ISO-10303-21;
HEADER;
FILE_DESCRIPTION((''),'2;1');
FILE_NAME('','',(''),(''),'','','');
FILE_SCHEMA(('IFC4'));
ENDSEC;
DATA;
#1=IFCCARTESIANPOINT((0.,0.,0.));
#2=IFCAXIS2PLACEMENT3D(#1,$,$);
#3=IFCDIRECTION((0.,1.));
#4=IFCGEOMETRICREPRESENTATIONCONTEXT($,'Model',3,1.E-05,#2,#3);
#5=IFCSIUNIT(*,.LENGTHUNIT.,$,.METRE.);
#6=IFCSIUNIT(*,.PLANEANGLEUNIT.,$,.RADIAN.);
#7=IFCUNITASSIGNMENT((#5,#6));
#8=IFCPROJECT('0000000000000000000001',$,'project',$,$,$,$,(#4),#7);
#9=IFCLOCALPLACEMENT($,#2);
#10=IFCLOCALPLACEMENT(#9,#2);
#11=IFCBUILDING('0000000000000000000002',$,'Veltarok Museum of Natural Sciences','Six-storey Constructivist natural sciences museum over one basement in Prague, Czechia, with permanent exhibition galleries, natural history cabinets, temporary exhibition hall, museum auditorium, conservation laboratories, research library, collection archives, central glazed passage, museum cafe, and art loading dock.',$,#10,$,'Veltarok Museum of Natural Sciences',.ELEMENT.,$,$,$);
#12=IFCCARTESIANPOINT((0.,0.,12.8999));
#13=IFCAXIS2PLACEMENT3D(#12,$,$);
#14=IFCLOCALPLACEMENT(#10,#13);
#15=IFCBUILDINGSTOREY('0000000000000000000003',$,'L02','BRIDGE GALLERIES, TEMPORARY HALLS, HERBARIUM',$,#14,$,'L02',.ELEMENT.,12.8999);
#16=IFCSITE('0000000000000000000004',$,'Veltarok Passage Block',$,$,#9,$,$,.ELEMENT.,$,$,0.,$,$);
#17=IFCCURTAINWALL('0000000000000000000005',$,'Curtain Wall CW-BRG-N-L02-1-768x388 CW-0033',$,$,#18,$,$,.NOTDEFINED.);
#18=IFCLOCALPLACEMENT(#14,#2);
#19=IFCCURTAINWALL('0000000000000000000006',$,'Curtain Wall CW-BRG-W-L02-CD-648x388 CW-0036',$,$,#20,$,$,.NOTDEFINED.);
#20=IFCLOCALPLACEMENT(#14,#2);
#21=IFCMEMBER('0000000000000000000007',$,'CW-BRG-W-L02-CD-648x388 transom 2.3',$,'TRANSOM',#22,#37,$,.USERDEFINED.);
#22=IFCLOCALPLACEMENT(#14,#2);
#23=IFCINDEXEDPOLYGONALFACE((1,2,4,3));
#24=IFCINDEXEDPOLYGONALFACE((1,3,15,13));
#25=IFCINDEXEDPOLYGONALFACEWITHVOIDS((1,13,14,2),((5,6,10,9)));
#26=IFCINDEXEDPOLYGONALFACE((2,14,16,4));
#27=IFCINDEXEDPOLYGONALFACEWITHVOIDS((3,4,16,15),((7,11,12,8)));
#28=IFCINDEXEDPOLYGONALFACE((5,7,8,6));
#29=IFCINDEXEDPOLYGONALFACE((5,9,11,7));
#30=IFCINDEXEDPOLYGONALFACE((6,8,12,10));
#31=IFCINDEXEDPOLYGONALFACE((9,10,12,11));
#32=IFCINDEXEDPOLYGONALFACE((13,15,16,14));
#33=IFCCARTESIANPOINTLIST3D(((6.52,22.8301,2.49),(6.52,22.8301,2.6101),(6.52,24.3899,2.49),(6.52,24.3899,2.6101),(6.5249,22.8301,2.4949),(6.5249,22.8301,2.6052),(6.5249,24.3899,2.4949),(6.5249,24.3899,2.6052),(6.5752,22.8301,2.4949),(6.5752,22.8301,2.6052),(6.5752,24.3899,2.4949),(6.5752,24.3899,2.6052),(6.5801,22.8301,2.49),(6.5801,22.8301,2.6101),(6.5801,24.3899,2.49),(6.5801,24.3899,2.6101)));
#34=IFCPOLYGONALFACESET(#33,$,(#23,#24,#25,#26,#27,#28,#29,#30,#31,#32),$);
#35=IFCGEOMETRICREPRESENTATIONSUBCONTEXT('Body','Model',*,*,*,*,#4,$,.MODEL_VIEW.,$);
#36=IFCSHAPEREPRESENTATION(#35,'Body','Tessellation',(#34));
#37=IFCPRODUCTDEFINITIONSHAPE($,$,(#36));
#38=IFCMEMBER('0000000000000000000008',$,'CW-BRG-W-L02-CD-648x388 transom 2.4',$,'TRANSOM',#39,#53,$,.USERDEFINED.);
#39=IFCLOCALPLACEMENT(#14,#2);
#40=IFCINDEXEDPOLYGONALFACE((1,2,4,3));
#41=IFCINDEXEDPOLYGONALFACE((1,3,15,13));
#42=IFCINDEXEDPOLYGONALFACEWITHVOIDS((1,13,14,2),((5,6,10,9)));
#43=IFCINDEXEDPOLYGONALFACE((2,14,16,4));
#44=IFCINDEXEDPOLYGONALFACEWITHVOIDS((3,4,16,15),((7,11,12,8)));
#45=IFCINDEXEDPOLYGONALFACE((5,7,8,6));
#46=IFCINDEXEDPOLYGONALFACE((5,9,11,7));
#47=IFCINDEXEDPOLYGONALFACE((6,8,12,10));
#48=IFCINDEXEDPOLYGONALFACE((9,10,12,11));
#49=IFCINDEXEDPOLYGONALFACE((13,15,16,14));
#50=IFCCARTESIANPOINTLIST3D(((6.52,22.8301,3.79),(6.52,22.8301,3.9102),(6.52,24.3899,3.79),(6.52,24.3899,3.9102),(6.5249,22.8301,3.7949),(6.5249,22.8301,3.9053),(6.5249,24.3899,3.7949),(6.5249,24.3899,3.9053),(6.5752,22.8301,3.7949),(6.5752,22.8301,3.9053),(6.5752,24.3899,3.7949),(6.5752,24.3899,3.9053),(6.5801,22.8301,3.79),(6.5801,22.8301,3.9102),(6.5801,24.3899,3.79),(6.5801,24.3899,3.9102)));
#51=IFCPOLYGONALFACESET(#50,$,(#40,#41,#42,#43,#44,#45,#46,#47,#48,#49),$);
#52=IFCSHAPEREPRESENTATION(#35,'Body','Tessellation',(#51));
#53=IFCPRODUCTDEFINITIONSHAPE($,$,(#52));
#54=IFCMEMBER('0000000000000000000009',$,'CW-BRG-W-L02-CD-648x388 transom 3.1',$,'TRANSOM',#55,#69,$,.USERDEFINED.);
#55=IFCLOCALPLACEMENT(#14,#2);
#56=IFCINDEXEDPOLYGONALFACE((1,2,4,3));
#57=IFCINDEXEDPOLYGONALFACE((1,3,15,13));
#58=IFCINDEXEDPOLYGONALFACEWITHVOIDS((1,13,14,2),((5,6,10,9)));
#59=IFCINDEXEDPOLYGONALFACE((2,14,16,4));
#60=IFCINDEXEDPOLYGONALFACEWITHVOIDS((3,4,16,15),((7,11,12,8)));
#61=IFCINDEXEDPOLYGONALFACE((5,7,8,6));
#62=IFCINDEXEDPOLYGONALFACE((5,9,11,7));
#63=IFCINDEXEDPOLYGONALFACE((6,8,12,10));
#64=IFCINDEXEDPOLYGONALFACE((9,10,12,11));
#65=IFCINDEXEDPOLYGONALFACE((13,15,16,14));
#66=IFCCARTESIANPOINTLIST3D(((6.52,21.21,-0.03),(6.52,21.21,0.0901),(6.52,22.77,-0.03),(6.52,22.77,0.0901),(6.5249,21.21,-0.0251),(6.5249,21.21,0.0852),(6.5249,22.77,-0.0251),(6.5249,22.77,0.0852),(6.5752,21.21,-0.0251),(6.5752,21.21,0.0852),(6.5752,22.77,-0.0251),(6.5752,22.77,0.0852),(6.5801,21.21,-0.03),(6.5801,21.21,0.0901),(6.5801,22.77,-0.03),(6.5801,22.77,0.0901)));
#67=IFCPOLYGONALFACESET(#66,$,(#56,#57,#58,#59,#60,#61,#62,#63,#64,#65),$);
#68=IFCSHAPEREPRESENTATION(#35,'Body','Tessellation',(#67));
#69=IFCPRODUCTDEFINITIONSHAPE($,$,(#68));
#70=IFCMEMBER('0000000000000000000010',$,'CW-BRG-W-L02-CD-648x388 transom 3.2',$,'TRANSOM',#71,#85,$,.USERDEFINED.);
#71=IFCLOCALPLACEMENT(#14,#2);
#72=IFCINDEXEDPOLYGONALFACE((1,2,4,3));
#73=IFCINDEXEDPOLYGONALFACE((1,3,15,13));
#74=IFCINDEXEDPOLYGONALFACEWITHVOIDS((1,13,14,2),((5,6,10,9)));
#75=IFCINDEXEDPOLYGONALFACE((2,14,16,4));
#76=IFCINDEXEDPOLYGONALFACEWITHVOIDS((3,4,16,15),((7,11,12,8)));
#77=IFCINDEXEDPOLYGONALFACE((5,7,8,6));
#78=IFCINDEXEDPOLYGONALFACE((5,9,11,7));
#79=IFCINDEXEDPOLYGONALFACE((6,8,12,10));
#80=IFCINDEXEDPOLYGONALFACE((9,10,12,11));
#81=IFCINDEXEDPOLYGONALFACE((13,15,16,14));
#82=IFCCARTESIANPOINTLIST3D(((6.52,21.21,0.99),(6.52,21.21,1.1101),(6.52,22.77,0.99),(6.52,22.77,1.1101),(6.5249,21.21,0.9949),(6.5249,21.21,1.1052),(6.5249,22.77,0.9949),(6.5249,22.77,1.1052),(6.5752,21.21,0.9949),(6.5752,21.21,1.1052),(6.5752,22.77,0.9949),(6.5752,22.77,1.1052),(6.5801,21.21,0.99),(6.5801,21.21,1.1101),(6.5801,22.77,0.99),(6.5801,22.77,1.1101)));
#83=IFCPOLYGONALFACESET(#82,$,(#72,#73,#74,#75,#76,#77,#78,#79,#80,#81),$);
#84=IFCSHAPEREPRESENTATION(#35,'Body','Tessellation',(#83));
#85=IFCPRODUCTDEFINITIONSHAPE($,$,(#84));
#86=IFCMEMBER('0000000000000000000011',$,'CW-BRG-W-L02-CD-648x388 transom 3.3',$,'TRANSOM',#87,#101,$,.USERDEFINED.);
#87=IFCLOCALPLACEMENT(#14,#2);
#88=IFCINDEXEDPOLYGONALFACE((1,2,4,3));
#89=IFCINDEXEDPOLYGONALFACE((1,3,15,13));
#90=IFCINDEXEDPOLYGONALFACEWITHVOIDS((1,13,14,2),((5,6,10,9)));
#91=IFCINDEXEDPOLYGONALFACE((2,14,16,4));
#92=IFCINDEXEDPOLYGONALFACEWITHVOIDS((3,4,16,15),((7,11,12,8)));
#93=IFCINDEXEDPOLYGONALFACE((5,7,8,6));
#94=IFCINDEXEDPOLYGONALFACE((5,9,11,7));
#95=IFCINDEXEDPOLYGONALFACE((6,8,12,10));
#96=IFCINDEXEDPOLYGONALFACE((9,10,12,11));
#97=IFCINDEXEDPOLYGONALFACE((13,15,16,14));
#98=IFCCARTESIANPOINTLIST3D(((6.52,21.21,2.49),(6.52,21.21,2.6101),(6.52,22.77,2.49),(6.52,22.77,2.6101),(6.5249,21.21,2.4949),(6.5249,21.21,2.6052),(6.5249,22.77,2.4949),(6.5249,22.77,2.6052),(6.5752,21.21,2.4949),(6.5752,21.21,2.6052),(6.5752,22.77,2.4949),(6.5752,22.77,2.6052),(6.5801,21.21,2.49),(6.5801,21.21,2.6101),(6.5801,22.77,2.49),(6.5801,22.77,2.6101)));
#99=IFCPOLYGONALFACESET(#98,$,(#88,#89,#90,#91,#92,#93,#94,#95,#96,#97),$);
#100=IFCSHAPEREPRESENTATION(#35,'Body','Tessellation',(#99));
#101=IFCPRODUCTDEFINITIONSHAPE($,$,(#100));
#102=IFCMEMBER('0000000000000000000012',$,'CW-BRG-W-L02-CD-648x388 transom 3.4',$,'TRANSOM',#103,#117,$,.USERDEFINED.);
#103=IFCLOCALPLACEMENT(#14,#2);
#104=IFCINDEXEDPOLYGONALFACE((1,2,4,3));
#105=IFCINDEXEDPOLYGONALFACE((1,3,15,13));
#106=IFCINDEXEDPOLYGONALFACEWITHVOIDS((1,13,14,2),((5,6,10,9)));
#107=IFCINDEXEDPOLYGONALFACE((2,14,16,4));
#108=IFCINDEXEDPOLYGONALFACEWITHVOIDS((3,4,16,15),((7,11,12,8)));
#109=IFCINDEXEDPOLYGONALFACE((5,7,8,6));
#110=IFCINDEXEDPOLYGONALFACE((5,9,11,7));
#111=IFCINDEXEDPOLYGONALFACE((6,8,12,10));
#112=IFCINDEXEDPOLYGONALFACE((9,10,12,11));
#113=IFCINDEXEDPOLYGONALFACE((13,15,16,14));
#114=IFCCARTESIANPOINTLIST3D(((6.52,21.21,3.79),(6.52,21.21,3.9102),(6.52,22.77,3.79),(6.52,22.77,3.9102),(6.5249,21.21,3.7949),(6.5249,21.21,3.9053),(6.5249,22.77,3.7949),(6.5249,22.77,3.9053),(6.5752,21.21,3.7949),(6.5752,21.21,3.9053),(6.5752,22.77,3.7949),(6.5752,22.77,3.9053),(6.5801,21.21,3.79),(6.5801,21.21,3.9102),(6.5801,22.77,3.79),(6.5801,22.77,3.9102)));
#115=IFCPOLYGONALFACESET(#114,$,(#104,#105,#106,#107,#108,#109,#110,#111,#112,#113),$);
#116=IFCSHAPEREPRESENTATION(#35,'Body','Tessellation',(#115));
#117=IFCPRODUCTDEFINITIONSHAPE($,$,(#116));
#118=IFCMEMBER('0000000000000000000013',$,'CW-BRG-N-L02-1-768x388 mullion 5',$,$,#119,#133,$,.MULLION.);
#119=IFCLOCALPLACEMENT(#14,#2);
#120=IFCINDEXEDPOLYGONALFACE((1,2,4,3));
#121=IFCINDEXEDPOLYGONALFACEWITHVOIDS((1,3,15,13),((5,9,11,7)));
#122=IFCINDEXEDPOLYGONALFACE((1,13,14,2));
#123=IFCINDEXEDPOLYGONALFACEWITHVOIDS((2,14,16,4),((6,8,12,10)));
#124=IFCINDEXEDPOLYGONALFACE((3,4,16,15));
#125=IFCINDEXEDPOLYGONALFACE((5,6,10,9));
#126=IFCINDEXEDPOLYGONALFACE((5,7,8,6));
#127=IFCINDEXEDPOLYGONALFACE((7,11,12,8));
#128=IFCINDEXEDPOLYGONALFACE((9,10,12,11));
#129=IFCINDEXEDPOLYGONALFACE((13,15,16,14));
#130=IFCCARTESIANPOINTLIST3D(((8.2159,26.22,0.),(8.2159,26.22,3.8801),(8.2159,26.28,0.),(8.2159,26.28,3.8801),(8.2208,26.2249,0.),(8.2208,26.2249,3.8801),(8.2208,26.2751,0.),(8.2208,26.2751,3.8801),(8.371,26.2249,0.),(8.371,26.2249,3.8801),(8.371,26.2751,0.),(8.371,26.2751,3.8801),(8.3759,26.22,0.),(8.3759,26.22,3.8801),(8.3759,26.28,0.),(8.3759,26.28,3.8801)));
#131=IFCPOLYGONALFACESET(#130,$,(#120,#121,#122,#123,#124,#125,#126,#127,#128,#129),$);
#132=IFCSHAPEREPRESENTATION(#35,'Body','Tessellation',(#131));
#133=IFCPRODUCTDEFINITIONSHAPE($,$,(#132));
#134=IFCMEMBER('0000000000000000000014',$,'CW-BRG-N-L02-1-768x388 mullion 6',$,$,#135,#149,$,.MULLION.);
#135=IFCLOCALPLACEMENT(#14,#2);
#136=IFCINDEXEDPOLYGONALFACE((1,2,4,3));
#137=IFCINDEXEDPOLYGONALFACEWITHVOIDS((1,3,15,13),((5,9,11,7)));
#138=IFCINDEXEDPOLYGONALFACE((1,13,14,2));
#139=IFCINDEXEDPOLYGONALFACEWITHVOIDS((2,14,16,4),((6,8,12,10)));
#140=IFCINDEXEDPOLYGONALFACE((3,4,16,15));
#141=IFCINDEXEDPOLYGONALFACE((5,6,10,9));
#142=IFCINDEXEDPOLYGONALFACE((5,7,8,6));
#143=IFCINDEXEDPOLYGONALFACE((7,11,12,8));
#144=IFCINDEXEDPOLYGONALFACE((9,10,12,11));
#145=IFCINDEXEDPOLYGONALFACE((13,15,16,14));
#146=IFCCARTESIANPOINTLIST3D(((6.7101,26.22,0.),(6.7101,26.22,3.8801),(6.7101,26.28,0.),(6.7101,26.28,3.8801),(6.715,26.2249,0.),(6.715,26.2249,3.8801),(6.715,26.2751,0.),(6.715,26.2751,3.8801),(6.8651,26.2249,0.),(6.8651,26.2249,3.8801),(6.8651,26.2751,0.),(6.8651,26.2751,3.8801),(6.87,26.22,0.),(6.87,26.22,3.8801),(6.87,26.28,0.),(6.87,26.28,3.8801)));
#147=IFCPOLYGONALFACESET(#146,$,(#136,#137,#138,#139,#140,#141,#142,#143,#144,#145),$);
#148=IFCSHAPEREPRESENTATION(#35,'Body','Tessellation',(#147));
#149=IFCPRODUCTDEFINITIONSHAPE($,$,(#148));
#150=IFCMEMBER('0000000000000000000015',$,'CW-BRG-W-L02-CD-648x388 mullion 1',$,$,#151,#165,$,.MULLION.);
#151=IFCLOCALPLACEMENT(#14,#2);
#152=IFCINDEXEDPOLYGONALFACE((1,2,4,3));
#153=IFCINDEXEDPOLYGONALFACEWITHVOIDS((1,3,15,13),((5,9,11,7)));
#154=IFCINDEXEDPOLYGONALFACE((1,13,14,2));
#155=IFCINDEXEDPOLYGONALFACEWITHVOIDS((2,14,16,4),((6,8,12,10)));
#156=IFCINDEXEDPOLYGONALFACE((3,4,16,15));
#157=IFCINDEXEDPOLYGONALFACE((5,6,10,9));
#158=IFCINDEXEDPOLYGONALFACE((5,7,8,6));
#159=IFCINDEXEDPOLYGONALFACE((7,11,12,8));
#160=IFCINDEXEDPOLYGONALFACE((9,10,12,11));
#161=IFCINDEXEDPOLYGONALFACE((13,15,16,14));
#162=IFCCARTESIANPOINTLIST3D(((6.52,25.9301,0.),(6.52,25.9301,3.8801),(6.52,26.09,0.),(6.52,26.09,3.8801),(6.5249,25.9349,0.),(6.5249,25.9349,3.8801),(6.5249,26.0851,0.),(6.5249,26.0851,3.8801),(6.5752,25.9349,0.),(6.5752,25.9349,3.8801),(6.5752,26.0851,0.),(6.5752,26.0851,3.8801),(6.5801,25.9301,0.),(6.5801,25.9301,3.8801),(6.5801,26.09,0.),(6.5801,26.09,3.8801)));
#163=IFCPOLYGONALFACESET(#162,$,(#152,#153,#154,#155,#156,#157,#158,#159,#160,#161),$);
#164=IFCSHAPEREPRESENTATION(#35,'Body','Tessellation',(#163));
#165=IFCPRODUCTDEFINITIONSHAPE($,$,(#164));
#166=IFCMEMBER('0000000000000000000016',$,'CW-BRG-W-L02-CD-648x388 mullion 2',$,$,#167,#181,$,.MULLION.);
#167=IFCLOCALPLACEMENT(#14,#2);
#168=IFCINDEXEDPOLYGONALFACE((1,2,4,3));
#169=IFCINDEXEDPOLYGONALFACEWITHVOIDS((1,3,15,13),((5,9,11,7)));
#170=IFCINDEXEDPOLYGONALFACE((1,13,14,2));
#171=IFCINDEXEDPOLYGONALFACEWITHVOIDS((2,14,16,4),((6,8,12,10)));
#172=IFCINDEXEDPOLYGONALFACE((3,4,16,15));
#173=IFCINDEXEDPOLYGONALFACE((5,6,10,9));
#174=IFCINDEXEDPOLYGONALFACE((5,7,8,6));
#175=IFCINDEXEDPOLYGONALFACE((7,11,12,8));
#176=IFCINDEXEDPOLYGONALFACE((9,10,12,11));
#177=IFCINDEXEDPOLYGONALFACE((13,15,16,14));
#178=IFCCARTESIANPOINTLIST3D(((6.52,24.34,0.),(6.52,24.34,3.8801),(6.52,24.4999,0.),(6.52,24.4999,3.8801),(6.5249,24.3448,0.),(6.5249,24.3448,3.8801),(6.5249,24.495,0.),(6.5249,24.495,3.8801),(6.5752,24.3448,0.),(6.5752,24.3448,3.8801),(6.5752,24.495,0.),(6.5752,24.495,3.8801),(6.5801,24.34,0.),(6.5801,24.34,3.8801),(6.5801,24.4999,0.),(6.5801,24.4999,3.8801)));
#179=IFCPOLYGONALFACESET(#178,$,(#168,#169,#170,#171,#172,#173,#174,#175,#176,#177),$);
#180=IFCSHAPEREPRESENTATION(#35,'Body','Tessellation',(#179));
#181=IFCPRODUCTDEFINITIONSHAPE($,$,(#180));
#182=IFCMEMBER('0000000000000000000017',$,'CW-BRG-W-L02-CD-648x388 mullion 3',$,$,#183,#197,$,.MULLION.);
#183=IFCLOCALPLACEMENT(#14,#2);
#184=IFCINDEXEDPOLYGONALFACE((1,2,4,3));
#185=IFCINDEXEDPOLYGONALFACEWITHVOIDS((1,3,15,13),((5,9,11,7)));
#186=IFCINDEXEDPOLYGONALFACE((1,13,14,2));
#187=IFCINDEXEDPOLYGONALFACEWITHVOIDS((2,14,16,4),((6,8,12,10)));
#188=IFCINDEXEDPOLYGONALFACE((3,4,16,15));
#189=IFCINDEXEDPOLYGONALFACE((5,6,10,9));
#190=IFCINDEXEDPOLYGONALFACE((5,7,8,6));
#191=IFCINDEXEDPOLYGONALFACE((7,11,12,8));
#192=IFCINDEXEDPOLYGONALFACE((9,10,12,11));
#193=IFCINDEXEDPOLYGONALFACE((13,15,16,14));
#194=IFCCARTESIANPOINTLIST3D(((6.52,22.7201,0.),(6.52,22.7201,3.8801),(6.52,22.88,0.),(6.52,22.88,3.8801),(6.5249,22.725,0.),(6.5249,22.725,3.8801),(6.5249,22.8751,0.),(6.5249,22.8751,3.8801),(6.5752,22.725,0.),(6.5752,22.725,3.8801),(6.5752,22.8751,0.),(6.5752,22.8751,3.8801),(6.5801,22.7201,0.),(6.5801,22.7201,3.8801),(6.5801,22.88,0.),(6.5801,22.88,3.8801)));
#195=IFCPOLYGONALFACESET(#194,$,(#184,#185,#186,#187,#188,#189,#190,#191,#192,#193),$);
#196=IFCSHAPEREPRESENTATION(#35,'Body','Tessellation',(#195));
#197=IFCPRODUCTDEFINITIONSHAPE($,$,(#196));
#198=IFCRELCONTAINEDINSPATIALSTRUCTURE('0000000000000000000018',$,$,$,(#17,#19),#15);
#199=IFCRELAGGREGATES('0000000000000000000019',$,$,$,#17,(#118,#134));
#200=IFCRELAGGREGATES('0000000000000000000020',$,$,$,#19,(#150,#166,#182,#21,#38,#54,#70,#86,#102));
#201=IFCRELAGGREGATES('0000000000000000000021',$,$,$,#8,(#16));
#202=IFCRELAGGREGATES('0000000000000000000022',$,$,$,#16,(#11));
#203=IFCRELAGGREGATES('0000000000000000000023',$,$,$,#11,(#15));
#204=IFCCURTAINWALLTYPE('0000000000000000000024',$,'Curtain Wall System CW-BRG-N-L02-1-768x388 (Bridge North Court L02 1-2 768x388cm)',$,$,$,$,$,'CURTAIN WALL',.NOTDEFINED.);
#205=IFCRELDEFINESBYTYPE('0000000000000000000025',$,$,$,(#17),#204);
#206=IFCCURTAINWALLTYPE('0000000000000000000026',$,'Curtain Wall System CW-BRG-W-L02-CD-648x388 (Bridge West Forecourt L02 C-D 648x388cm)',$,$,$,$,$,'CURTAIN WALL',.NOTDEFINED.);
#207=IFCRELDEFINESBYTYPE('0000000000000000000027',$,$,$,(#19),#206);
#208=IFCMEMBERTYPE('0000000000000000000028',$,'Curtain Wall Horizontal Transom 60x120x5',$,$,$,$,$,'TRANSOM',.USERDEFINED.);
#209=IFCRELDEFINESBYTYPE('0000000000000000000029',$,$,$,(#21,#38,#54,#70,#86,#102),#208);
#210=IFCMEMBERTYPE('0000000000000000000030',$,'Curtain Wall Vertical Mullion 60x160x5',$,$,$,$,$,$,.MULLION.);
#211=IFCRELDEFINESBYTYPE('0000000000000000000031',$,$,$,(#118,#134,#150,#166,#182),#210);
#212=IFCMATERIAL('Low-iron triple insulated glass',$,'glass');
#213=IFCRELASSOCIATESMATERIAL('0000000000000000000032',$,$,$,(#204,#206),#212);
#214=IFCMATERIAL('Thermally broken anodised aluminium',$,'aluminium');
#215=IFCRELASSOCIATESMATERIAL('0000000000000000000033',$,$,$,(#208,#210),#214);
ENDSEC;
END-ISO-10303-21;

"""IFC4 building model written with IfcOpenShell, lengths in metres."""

from ifc_helpers import new_model, si_unit, direction, frame, origin, origin_2d, place, context, subcontext, project, spatial, hollow_rectangle, extrude, material, material_profile, profile_set, type_object, element, aggregate, save


model = new_model("IFC4")

# Units and contexts
model_context = context("Model", 3, precision=1e-05, world=origin(), true_north=direction((0.0, 1.0)))
body_context = subcontext(model_context, "Body", "Model", "MODEL_VIEW")
ifc_project = project(units=[si_unit("LENGTHUNIT", "METRE"), si_unit("PLANEANGLEUNIT", "RADIAN")], contexts=[model_context])

# Site, building, storey
site_placement = place(None, origin())
site = spatial("IfcSite", under=ifc_project, at=site_placement, Name="Veltarok Passage Block", CompositionType="ELEMENT", RefElevation=0.0)
building_placement = place(site_placement, origin())
building = spatial("IfcBuilding", under=site, at=building_placement, Name="Veltarok Museum of Natural Sciences", Description="Six-storey Constructivist natural sciences museum over one basement in Prague, Czechia, with permanent exhibition galleries, natural history cabinets, temporary exhibition hall, museum auditorium, conservation laboratories, research library, collection archives, central glazed passage, museum cafe, and art loading dock.", LongName="Veltarok Museum of Natural Sciences", CompositionType="ELEMENT")
storey_placement = place(building_placement, frame((0.0, 0.0, 12.8999)))
storey = spatial("IfcBuildingStorey", under=building, at=storey_placement, Name="L02", Description="BRIDGE GALLERIES, TEMPORARY HALLS, HERBARIUM", LongName="L02", CompositionType="ELEMENT", Elevation=12.8999)

# Curtain walls, members
ifc_material_1 = material(Name="Low-iron triple insulated glass", Category="glass")
curtain_wall_type_1 = type_object("IfcCurtainWallType", Name="Curtain Wall System CW-BRG-N-L02-1-768x388 (Bridge North Court L02 1-2 768x388cm)", ElementType="CURTAIN WALL", PredefinedType="NOTDEFINED", material=ifc_material_1)
curtain_wall_1_placement = place(storey_placement, origin())
curtain_wall_1 = element("IfcCurtainWall", 1, at=curtain_wall_1_placement, inside=storey, type_object=curtain_wall_type_1, Name="Curtain Wall CW-BRG-N-L02-1-768x388 CW-0033", PredefinedType="NOTDEFINED")
ifc_material_2 = material(Name="Thermally broken anodised aluminium", Category="aluminium")
ifc_material_profile_1 = material_profile(ifc_material_2, hollow_rectangle(XDim=0.0601, YDim=0.1201, WallThickness=0.0049, at=origin_2d()), Name="CW TRANSOM 60x120x5")
ifc_profile_set_1 = profile_set([ifc_material_profile_1], Name="Thermally broken anodised aluminium")
member_type_1 = type_object("IfcMemberType", Name="Curtain Wall Horizontal Transom 60x120x5", ElementType="TRANSOM", PredefinedType="USERDEFINED", material=ifc_profile_set_1)
curtain_wall_type_2 = type_object("IfcCurtainWallType", Name="Curtain Wall System CW-BRG-W-L02-CD-648x388 (Bridge West Forecourt L02 C-D 648x388cm)", ElementType="CURTAIN WALL", PredefinedType="NOTDEFINED", material=ifc_material_1)
curtain_wall_2_placement = place(storey_placement, origin())
curtain_wall_2 = element("IfcCurtainWall", 2, at=curtain_wall_2_placement, inside=storey, type_object=curtain_wall_type_2, Name="Curtain Wall CW-BRG-W-L02-CD-648x388 CW-0036", PredefinedType="NOTDEFINED")
member_1_placement = place(storey_placement, frame((6.55, 24.3899, 2.55), z_axis=(0.0, -1.0, 0.0), x_axis=(1.0, 0.0, 0.0)))
member_1 = element("IfcMember", 3, at=member_1_placement, type_object=member_type_1, Name="CW-BRG-W-L02-CD-648x388 transom 2.3", ObjectType="TRANSOM", PredefinedType="USERDEFINED", context=body_context, shape_type="SweptSolid", body=[
    extrude(hollow_rectangle(XDim=0.0601, YDim=0.1201, WallThickness=0.0049, at=origin_2d()), origin(), (0.0, 0.0, 1.0), 1.5598),
])
member_2_placement = place(storey_placement, frame((6.55, 24.3899, 3.8501), z_axis=(0.0, -1.0, 0.0), x_axis=(1.0, 0.0, 0.0)))
member_2 = element("IfcMember", 4, at=member_2_placement, type_object=member_type_1, Name="CW-BRG-W-L02-CD-648x388 transom 2.4", ObjectType="TRANSOM", PredefinedType="USERDEFINED", context=body_context, shape_type="SweptSolid", body=[
    extrude(hollow_rectangle(XDim=0.0601, YDim=0.1201, WallThickness=0.0049, at=origin_2d()), origin(), (0.0, 0.0, 1.0), 1.5598),
])
member_3_placement = place(storey_placement, frame((6.55, 22.77, 0.03), z_axis=(0.0, -1.0, 0.0), x_axis=(1.0, 0.0, 0.0)))
member_3 = element("IfcMember", 5, at=member_3_placement, type_object=member_type_1, Name="CW-BRG-W-L02-CD-648x388 transom 3.1", ObjectType="TRANSOM", PredefinedType="USERDEFINED", context=body_context, shape_type="SweptSolid", body=[
    extrude(hollow_rectangle(XDim=0.0601, YDim=0.1201, WallThickness=0.0049, at=origin_2d()), origin(), (0.0, 0.0, 1.0), 1.5601),
])
member_4_placement = place(storey_placement, frame((6.55, 22.77, 1.05), z_axis=(0.0, -1.0, 0.0), x_axis=(1.0, 0.0, 0.0)))
member_4 = element("IfcMember", 6, at=member_4_placement, type_object=member_type_1, Name="CW-BRG-W-L02-CD-648x388 transom 3.2", ObjectType="TRANSOM", PredefinedType="USERDEFINED", context=body_context, shape_type="SweptSolid", body=[
    extrude(hollow_rectangle(XDim=0.0601, YDim=0.1201, WallThickness=0.0049, at=origin_2d()), origin(), (0.0, 0.0, 1.0), 1.5601),
])
member_5_placement = place(storey_placement, frame((6.55, 22.77, 2.55), z_axis=(0.0, -1.0, 0.0), x_axis=(1.0, 0.0, 0.0)))
member_5 = element("IfcMember", 7, at=member_5_placement, type_object=member_type_1, Name="CW-BRG-W-L02-CD-648x388 transom 3.3", ObjectType="TRANSOM", PredefinedType="USERDEFINED", context=body_context, shape_type="SweptSolid", body=[
    extrude(hollow_rectangle(XDim=0.0601, YDim=0.1201, WallThickness=0.0049, at=origin_2d()), origin(), (0.0, 0.0, 1.0), 1.5601),
])
member_6_placement = place(storey_placement, frame((6.55, 22.77, 3.8501), z_axis=(0.0, -1.0, 0.0), x_axis=(1.0, 0.0, 0.0)))
member_6 = element("IfcMember", 8, at=member_6_placement, type_object=member_type_1, Name="CW-BRG-W-L02-CD-648x388 transom 3.4", ObjectType="TRANSOM", PredefinedType="USERDEFINED", context=body_context, shape_type="SweptSolid", body=[
    extrude(hollow_rectangle(XDim=0.0601, YDim=0.1201, WallThickness=0.0049, at=origin_2d()), origin(), (0.0, 0.0, 1.0), 1.5601),
])

# Members
ifc_material_profile_2 = material_profile(ifc_material_2, hollow_rectangle(XDim=0.0601, YDim=0.1599, WallThickness=0.0049, at=origin_2d()), Name="CW MULLION 60x160x5")
ifc_profile_set_2 = profile_set([ifc_material_profile_2], Name="Thermally broken anodised aluminium")
member_type_2 = type_object("IfcMemberType", Name="Curtain Wall Vertical Mullion 60x160x5", PredefinedType="MULLION", material=ifc_profile_set_2)
member_7_placement = place(storey_placement, frame((8.2959, 26.25, 0.0), z_axis=(0.0, 0.0, 1.0), x_axis=(0.0, -1.0, 0.0)))
member_7 = element("IfcMember", 9, at=member_7_placement, type_object=member_type_2, Name="CW-BRG-N-L02-1-768x388 mullion 5", PredefinedType="MULLION", context=body_context, shape_type="SweptSolid", body=[
    extrude(hollow_rectangle(XDim=0.0601, YDim=0.1599, WallThickness=0.0049, at=origin_2d()), origin(), (0.0, 0.0, 1.0), 3.8801),
])
member_8_placement = place(storey_placement, frame((6.79, 26.25, 0.0), z_axis=(0.0, 0.0, 1.0), x_axis=(0.0, -1.0, 0.0)))
member_8 = element("IfcMember", 10, at=member_8_placement, type_object=member_type_2, Name="CW-BRG-N-L02-1-768x388 mullion 6", PredefinedType="MULLION", context=body_context, shape_type="SweptSolid", body=[
    extrude(hollow_rectangle(XDim=0.0601, YDim=0.1599, WallThickness=0.0049, at=origin_2d()), origin(), (0.0, 0.0, 1.0), 3.8801),
])
member_9_placement = place(storey_placement, frame((6.55, 26.01, 0.0), z_axis=(0.0, 0.0, 1.0), x_axis=(1.0, 0.0, 0.0)))
member_9 = element("IfcMember", 11, at=member_9_placement, type_object=member_type_2, Name="CW-BRG-W-L02-CD-648x388 mullion 1", PredefinedType="MULLION", context=body_context, shape_type="SweptSolid", body=[
    extrude(hollow_rectangle(XDim=0.0601, YDim=0.1599, WallThickness=0.0049, at=origin_2d()), origin(), (0.0, 0.0, 1.0), 3.8801),
])
member_10_placement = place(storey_placement, frame((6.55, 24.4199, 0.0), z_axis=(0.0, 0.0, 1.0), x_axis=(1.0, 0.0, 0.0)))
member_10 = element("IfcMember", 12, at=member_10_placement, type_object=member_type_2, Name="CW-BRG-W-L02-CD-648x388 mullion 2", PredefinedType="MULLION", context=body_context, shape_type="SweptSolid", body=[
    extrude(hollow_rectangle(XDim=0.0601, YDim=0.1599, WallThickness=0.0049, at=origin_2d()), origin(), (0.0, 0.0, 1.0), 3.8801),
])
member_11_placement = place(storey_placement, frame((6.55, 22.8, 0.0), z_axis=(0.0, 0.0, 1.0), x_axis=(1.0, 0.0, 0.0)))
member_11 = element("IfcMember", 13, at=member_11_placement, type_object=member_type_2, Name="CW-BRG-W-L02-CD-648x388 mullion 3", PredefinedType="MULLION", context=body_context, shape_type="SweptSolid", body=[
    extrude(hollow_rectangle(XDim=0.0601, YDim=0.1599, WallThickness=0.0049, at=origin_2d()), origin(), (0.0, 0.0, 1.0), 3.8801),
])

aggregate(curtain_wall_1, [member_7, member_8])
aggregate(curtain_wall_2, [member_9, member_10, member_11, member_1, member_2, member_3, member_4, member_5, member_6])

save(model, "model.ifc")
